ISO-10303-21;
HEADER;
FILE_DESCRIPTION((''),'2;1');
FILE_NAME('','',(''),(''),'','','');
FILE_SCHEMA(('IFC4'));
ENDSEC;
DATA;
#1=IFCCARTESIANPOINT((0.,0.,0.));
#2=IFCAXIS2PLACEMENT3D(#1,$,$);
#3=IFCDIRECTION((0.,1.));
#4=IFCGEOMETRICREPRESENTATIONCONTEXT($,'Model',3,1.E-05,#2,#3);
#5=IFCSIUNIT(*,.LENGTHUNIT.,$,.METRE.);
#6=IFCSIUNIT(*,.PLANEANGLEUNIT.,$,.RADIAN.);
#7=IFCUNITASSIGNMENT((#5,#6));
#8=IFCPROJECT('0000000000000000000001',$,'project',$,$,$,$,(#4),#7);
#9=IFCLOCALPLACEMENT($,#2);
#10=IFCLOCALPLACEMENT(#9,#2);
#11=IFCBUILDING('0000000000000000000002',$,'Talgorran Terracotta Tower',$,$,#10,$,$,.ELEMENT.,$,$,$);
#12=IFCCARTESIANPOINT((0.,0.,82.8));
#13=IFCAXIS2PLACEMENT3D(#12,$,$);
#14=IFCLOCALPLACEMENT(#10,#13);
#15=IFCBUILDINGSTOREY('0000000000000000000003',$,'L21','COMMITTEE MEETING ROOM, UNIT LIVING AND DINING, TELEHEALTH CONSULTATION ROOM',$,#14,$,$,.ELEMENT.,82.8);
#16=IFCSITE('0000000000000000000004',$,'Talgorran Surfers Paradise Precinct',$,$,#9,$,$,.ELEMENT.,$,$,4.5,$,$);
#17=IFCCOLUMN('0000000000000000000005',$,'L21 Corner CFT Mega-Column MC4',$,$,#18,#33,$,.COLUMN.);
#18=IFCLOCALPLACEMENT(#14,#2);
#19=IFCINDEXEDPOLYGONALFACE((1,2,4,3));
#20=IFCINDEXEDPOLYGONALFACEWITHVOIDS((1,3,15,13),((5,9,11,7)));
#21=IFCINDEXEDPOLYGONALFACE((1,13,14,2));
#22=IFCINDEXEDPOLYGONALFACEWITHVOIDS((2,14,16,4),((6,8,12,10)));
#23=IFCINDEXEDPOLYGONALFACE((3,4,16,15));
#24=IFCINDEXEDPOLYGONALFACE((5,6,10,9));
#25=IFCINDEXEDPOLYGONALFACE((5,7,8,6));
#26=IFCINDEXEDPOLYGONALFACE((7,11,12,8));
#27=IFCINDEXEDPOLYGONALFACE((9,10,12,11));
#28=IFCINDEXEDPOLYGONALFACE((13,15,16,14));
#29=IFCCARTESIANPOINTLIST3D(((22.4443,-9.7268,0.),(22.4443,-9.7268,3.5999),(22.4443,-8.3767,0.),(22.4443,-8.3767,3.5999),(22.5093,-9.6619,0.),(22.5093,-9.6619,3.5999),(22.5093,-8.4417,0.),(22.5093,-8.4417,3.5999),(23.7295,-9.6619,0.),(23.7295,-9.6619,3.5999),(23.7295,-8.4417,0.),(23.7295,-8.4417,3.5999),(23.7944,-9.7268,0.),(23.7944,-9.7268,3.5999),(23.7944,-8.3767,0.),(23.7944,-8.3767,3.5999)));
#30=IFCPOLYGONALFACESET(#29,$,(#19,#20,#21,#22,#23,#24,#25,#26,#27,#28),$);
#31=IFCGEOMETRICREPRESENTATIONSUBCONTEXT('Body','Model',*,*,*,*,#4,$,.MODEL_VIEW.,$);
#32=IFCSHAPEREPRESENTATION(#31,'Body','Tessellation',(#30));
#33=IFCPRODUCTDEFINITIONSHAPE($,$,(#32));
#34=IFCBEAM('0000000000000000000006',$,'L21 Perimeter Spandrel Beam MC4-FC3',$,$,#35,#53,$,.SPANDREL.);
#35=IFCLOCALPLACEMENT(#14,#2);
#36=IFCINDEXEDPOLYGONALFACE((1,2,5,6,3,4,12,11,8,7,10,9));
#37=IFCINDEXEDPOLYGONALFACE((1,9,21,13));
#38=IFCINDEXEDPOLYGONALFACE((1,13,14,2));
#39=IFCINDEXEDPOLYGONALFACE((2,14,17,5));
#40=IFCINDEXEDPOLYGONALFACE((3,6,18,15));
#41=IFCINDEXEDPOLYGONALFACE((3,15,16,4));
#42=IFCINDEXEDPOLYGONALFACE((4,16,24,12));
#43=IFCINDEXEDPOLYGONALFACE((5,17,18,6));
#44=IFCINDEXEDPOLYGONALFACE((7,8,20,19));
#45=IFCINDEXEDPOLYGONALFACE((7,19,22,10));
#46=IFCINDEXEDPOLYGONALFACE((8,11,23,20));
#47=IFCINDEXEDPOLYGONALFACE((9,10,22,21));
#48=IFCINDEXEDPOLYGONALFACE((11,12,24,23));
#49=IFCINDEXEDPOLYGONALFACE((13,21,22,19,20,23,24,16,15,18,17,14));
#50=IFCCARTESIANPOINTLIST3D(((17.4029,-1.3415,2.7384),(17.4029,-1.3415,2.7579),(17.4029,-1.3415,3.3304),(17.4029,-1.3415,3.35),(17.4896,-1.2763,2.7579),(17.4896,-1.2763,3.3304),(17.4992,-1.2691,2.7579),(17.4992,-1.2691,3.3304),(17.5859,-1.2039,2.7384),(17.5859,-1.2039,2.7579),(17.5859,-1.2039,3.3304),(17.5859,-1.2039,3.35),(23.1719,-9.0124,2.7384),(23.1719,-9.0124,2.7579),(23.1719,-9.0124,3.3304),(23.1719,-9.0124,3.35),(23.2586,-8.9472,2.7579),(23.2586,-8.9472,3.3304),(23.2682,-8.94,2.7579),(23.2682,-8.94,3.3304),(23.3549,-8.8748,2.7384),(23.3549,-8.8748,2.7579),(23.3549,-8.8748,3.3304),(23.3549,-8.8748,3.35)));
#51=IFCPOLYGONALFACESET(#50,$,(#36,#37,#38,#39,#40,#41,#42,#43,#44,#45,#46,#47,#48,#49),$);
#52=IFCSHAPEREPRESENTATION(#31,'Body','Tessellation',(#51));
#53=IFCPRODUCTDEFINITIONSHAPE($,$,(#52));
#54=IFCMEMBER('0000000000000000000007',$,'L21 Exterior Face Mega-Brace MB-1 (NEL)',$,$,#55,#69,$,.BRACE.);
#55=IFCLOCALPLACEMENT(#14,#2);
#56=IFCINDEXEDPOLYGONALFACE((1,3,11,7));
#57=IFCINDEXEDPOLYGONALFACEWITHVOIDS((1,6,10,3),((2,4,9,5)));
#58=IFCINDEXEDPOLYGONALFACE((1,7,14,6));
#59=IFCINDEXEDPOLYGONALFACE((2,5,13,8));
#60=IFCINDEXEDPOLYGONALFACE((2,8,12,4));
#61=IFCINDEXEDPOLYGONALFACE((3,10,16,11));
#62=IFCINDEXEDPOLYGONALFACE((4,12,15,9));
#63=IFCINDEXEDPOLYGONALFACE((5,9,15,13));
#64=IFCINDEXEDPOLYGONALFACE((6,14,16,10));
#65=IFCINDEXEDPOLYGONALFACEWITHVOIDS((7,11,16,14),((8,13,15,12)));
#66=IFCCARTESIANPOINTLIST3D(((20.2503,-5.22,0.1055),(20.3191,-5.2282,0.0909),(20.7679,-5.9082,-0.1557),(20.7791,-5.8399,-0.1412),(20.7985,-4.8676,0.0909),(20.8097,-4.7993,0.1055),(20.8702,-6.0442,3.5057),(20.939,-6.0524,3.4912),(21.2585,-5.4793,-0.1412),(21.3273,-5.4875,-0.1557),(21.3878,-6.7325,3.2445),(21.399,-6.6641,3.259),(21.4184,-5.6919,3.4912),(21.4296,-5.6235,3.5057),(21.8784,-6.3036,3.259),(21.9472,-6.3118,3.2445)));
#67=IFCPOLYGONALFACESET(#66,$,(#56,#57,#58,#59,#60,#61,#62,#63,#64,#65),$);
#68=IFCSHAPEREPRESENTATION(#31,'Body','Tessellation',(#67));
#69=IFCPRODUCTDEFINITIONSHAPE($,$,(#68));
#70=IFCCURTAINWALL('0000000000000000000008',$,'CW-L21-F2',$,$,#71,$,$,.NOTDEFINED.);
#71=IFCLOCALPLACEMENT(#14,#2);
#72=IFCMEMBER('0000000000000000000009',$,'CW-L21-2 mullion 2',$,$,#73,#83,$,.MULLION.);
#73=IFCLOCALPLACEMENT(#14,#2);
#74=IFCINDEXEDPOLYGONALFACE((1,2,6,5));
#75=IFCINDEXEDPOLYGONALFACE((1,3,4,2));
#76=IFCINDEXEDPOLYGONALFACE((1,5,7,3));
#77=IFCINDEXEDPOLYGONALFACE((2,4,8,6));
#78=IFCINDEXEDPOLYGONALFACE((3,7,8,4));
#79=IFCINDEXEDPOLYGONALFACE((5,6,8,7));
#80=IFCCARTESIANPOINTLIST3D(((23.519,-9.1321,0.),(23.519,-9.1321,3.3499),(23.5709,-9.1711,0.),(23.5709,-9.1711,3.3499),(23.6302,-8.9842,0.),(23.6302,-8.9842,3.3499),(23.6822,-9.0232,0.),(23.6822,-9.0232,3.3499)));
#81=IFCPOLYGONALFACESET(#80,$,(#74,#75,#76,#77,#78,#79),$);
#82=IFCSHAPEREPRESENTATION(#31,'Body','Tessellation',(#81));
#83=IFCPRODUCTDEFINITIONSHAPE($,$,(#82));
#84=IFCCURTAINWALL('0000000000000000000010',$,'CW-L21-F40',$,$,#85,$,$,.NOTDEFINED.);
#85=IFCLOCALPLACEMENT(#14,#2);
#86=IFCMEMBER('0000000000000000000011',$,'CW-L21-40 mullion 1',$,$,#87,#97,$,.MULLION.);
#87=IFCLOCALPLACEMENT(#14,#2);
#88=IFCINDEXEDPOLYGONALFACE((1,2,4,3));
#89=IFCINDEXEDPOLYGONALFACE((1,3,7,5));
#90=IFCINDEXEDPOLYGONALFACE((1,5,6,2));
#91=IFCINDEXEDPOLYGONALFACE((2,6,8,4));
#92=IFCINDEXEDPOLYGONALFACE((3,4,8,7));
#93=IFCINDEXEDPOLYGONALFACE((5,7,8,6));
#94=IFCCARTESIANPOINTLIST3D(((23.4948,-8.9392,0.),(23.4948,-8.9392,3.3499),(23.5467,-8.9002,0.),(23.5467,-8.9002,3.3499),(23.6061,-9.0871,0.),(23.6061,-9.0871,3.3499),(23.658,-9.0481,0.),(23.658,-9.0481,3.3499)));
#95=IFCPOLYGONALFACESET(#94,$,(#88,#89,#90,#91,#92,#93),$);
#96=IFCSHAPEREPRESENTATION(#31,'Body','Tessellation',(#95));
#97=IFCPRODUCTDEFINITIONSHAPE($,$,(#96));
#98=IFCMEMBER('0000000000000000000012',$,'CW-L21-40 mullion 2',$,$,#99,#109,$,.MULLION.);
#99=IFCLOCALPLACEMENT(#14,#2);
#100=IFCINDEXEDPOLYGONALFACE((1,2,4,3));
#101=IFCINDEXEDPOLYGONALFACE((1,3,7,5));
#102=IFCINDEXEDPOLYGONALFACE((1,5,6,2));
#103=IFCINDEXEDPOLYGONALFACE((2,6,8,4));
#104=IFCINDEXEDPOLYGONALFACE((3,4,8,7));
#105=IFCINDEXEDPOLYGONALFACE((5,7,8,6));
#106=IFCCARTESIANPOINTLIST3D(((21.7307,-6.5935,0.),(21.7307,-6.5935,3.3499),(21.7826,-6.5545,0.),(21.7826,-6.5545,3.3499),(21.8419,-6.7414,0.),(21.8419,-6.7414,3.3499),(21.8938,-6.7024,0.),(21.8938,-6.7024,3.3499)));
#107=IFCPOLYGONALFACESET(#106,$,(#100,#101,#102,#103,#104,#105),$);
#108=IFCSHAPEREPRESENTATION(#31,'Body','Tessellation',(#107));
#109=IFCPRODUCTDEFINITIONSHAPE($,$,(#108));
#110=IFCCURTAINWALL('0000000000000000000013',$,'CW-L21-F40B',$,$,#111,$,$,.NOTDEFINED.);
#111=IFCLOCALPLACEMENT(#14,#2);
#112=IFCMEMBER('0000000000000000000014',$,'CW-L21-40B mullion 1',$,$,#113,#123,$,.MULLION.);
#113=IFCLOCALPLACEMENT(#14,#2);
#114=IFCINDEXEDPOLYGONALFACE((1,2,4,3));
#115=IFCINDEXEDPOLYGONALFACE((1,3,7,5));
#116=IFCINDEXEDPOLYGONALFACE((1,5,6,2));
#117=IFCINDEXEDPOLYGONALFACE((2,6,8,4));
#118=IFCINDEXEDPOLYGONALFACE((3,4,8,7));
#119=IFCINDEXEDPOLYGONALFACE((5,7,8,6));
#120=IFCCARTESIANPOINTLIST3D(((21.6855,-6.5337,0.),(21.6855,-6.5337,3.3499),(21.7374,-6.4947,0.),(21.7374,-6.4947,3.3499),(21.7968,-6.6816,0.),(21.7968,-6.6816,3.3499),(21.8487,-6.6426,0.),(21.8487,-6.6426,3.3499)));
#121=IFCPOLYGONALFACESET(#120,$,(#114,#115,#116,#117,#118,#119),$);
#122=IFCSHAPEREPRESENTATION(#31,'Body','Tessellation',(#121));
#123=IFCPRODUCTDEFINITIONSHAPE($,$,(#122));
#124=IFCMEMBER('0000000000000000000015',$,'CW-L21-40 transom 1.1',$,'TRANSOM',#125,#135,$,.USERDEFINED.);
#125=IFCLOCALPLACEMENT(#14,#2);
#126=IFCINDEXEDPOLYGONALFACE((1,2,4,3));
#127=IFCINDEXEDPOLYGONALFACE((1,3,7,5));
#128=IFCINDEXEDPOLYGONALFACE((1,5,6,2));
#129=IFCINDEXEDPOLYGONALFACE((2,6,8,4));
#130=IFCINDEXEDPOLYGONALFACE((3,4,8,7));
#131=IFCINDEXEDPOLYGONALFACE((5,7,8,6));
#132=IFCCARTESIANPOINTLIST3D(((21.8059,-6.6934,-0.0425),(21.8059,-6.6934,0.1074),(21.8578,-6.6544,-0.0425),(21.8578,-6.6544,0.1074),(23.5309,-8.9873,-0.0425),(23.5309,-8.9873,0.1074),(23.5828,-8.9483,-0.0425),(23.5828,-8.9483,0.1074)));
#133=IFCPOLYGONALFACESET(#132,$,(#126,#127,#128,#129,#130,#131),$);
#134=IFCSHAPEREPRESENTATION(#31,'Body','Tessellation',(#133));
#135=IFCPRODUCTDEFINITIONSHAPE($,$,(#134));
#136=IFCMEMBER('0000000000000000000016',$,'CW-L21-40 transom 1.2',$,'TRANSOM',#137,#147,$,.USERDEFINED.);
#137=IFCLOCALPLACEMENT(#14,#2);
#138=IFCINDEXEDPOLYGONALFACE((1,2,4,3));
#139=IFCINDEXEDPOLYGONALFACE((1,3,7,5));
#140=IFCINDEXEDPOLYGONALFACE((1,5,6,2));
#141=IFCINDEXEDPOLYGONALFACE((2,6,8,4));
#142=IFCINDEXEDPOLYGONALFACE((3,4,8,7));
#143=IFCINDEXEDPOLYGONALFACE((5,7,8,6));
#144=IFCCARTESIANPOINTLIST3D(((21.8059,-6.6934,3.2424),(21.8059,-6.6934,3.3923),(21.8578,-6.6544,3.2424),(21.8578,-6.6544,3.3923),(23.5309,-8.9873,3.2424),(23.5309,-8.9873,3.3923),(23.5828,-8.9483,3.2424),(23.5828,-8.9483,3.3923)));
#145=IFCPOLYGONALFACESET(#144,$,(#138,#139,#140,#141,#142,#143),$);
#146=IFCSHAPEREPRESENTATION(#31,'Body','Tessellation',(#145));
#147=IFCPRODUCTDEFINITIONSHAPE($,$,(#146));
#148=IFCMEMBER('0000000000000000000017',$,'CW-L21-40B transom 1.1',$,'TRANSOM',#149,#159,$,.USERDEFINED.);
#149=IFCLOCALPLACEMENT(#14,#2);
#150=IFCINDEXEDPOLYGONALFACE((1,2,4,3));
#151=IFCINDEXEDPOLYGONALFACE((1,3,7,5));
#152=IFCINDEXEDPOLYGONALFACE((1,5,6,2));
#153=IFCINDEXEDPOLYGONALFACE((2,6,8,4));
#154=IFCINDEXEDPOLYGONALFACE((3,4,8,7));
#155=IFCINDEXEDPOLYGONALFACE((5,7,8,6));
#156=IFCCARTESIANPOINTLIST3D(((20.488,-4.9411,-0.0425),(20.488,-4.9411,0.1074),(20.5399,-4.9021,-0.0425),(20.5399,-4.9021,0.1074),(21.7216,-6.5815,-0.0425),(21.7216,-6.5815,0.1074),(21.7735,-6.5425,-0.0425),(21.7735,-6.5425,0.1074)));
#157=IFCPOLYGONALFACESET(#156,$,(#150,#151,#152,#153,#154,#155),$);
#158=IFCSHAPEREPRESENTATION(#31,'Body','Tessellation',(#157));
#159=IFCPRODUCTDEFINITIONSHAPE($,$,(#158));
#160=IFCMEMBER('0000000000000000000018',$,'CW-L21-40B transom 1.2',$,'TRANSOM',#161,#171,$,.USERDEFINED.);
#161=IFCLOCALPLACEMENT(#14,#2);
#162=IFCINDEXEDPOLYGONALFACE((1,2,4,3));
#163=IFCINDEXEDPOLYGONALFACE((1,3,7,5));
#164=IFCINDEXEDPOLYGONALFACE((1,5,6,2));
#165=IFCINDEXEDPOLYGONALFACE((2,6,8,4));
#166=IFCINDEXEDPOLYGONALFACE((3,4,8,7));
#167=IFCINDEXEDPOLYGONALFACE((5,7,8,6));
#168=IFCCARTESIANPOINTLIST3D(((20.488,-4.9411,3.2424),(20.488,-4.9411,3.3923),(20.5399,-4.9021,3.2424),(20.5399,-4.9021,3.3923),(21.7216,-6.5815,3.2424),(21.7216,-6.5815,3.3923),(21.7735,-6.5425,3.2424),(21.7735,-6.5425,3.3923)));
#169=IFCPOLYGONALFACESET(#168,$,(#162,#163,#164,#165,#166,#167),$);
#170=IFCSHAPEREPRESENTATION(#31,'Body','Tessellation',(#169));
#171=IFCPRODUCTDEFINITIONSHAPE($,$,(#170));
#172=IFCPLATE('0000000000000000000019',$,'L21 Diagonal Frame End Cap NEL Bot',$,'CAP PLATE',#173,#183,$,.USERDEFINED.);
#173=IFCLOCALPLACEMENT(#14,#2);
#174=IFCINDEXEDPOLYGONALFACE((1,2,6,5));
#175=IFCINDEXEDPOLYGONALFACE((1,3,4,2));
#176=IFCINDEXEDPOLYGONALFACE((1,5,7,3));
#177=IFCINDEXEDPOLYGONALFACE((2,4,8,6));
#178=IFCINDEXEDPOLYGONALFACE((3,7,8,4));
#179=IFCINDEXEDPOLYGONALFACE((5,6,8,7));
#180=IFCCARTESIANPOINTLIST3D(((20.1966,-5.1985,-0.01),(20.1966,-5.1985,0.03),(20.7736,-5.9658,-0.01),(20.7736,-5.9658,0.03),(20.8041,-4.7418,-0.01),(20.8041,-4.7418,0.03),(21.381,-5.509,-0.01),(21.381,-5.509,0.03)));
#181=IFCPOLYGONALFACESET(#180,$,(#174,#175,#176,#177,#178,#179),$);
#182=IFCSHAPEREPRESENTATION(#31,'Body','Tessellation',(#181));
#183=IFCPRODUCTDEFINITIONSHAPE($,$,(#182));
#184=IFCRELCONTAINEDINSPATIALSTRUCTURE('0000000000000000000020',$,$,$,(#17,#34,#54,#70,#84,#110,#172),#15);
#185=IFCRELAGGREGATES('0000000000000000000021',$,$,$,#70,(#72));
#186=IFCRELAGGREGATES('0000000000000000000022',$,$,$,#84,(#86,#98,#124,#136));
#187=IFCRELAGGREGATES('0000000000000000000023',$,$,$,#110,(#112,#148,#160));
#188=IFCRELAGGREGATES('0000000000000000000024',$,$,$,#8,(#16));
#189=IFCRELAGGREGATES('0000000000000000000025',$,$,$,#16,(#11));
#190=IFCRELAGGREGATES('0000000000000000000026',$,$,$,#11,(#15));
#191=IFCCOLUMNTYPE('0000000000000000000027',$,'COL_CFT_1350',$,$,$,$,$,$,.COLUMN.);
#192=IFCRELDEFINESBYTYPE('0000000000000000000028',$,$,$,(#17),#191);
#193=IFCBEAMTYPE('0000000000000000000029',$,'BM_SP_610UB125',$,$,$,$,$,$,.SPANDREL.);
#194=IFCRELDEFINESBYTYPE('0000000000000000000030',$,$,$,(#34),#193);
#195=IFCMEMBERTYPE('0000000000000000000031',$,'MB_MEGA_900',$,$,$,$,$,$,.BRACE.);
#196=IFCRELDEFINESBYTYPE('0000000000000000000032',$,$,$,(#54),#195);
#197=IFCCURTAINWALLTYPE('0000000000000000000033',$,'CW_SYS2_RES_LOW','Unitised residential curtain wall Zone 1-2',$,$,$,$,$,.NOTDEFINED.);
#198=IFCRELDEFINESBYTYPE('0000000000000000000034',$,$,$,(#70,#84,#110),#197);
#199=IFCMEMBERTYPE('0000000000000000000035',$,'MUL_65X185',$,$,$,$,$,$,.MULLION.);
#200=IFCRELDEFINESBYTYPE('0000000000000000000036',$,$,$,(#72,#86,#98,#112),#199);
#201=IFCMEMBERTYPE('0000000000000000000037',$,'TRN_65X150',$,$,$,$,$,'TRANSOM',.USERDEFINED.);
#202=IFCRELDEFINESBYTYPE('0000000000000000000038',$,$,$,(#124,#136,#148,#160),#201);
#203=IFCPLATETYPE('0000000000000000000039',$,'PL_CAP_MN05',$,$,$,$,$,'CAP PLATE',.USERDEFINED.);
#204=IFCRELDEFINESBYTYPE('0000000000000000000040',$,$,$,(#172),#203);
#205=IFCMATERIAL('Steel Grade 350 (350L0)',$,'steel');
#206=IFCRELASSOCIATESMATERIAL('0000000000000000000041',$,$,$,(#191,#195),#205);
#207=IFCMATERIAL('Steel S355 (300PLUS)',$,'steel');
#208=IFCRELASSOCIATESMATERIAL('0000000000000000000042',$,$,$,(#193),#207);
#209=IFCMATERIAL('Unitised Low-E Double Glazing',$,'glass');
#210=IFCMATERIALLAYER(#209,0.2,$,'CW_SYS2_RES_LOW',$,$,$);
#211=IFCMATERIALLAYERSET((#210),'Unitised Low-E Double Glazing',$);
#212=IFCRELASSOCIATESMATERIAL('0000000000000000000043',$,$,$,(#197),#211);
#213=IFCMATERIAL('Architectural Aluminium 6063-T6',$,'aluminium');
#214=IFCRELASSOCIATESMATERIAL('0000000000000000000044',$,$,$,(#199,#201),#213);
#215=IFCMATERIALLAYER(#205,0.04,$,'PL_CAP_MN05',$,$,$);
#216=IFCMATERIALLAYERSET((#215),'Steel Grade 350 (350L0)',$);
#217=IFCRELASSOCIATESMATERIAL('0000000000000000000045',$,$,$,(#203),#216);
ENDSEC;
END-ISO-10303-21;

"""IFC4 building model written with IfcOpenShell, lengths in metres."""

from ifc_helpers import new_model, si_unit, direction, frame, origin, origin_2d, place, context, subcontext, project, spatial, rectangle, hollow_rectangle, i_section, extrude, material, layer, layer_set, material_profile, profile_set, type_object, element, aggregate, save


model = new_model("IFC4")

# Units and contexts
model_context = context("Model", 3, precision=1e-05, world=origin(), true_north=direction((0.0, 1.0)))
body_context = subcontext(model_context, "Body", "Model", "MODEL_VIEW")
ifc_project = project(units=[si_unit("LENGTHUNIT", "METRE"), si_unit("PLANEANGLEUNIT", "RADIAN")], contexts=[model_context])

# Site, building, storey
site_placement = place(None, origin())
site = spatial("IfcSite", under=ifc_project, at=site_placement, Name="Talgorran Surfers Paradise Precinct", CompositionType="ELEMENT", RefElevation=4.5)
building_placement = place(site_placement, origin())
building = spatial("IfcBuilding", under=site, at=building_placement, Name="Talgorran Terracotta Tower", CompositionType="ELEMENT")
storey_placement = place(building_placement, frame((0.0, 0.0, 82.8)))
storey = spatial("IfcBuildingStorey", under=building, at=storey_placement, Name="L21", Description="COMMITTEE MEETING ROOM, UNIT LIVING AND DINING, TELEHEALTH CONSULTATION ROOM", CompositionType="ELEMENT", Elevation=82.8)

# Column
ifc_material_1 = material(Name="Steel Grade 350 (350L0)", Category="steel")
ifc_material_profile_1 = material_profile(ifc_material_1, hollow_rectangle(XDim=1.3501, YDim=1.3501, WallThickness=0.0649, at=origin_2d()), Name="CFT1350X1350X65")
ifc_profile_set_1 = profile_set([ifc_material_profile_1], Name="Steel Grade 350 (350L0)")
column_type = type_object("IfcColumnType", Name="COL_CFT_1350", PredefinedType="COLUMN", material=ifc_profile_set_1)
column_placement = place(storey_placement, frame((23.1194, -9.0518, 0.0), z_axis=(0.0, 0.0, 1.0), x_axis=(1.0, 0.0, 0.0)))
element("IfcColumn", 1, at=column_placement, inside=storey, type_object=column_type, Name="L21 Corner CFT Mega-Column MC4", PredefinedType="COLUMN", context=body_context, shape_type="SweptSolid", body=[
    extrude(hollow_rectangle(XDim=1.3501, YDim=1.3501, WallThickness=0.0649, at=origin_2d()), origin(), (0.0, 0.0, 1.0), 3.5999),
])

# Beam
ifc_material_2 = material(Name="Steel S355 (300PLUS)", Category="steel")
ifc_material_profile_2 = material_profile(ifc_material_2, i_section(OverallWidth=0.229, OverallDepth=0.6116, WebThickness=0.012, FlangeThickness=0.0195, at=origin_2d()), Name="610UB125")
ifc_profile_set_2 = profile_set([ifc_material_profile_2], Name="Steel S355 (300PLUS)")
beam_type = type_object("IfcBeamType", Name="BM_SP_610UB125", PredefinedType="SPANDREL", material=ifc_profile_set_2)
beam_placement = place(storey_placement, frame((23.2634, -8.9436, 3.0442), z_axis=(-0.601058, 0.799206, 0.0), x_axis=(-0.799206, -0.601058, 0.0)))
element("IfcBeam", 2, at=beam_placement, inside=storey, type_object=beam_type, Name="L21 Perimeter Spandrel Beam MC4-FC3", PredefinedType="SPANDREL", context=body_context, shape_type="SweptSolid", body=[
    extrude(i_section(OverallWidth=0.229, OverallDepth=0.6116, WebThickness=0.012, FlangeThickness=0.0195, at=origin_2d()), origin(), (0.0, 0.0, 1.0), 9.5981),
])

# Member
ifc_material_profile_3 = material_profile(ifc_material_1, hollow_rectangle(XDim=0.7, YDim=0.8999, WallThickness=0.05, at=origin_2d()), Name="WBOX900X700X50")
ifc_profile_set_3 = profile_set([ifc_material_profile_3], Name="Steel Grade 350 (350L0)")
member_type_1 = type_object("IfcMemberType", Name="MB_MEGA_900", PredefinedType="BRACE", material=ifc_profile_set_3)
member_1_placement = place(storey_placement, frame((20.7888, -5.3538, -0.0251), z_axis=(0.174459, -0.231971, 0.95695), x_axis=(0.799204, 0.60106, 0.0)))
element("IfcMember", 3, at=member_1_placement, inside=storey, type_object=member_type_1, Name="L21 Exterior Face Mega-Brace MB-1 (NEL)", PredefinedType="BRACE", context=body_context, shape_type="SweptSolid", body=[
    extrude(hollow_rectangle(XDim=0.7, YDim=0.8999, WallThickness=0.05, at=origin_2d()), origin(), (0.0, 0.0, 1.0), 3.5532),
])

# Curtain wall, member
ifc_material_3 = material(Name="Unitised Low-E Double Glazing", Category="glass")
ifc_layer_1 = layer(ifc_material_3, 0.2, Name="CW_SYS2_RES_LOW")
ifc_layer_set_1 = layer_set([ifc_layer_1], Name="Unitised Low-E Double Glazing")
curtain_wall_type = type_object("IfcCurtainWallType", Name="CW_SYS2_RES_LOW", Description="Unitised residential curtain wall Zone 1-2", PredefinedType="NOTDEFINED", material=ifc_layer_set_1)
curtain_wall_1_placement = place(storey_placement, origin())
curtain_wall_1 = element("IfcCurtainWall", 4, at=curtain_wall_1_placement, inside=storey, type_object=curtain_wall_type, Name="CW-L21-F2", PredefinedType="NOTDEFINED")
ifc_material_4 = material(Name="Architectural Aluminium 6063-T6", Category="aluminium")
ifc_material_profile_4 = material_profile(ifc_material_4, rectangle(XDim=0.0649, YDim=0.1851, at=origin_2d()), Name="CWM65X185")
ifc_profile_set_4 = profile_set([ifc_material_profile_4], Name="Architectural Aluminium 6063-T6")
member_type_2 = type_object("IfcMemberType", Name="MUL_65X185", PredefinedType="MULLION", material=ifc_profile_set_4)
member_2_placement = place(storey_placement, frame((23.6006, -9.0776, 0.0), z_axis=(0.0, 0.0, 1.0), x_axis=(-0.79921, 0.601052, 0.0)))
member_2 = element("IfcMember", 5, at=member_2_placement, type_object=member_type_2, Name="CW-L21-2 mullion 2", PredefinedType="MULLION", context=body_context, shape_type="SweptSolid", body=[
    extrude(rectangle(XDim=0.0649, YDim=0.1851, at=origin_2d()), origin(), (0.0, 0.0, 1.0), 3.3499),
])
aggregate(curtain_wall_1, [member_2])

# Curtain wall, members
curtain_wall_2_placement = place(storey_placement, origin())
curtain_wall_2 = element("IfcCurtainWall", 6, at=curtain_wall_2_placement, inside=storey, type_object=curtain_wall_type, Name="CW-L21-F40", PredefinedType="NOTDEFINED")
member_3_placement = place(storey_placement, frame((23.5764, -8.9937, 0.0), z_axis=(0.0, 0.0, 1.0), x_axis=(-0.799195, -0.601071, 0.0)))
member_3 = element("IfcMember", 7, at=member_3_placement, type_object=member_type_2, Name="CW-L21-40 mullion 1", PredefinedType="MULLION", context=body_context, shape_type="SweptSolid", body=[
    extrude(rectangle(XDim=0.0649, YDim=0.1851, at=origin_2d()), origin(), (0.0, 0.0, 1.0), 3.3499),
])
member_4_placement = place(storey_placement, frame((21.8123, -6.6479, 0.0), z_axis=(0.0, 0.0, 1.0), x_axis=(-0.799195, -0.601071, 0.0)))
member_4 = element("IfcMember", 8, at=member_4_placement, type_object=member_type_2, Name="CW-L21-40 mullion 2", PredefinedType="MULLION", context=body_context, shape_type="SweptSolid", body=[
    extrude(rectangle(XDim=0.0649, YDim=0.1851, at=origin_2d()), origin(), (0.0, 0.0, 1.0), 3.3499),
])

# Curtain wall, member
curtain_wall_3_placement = place(storey_placement, origin())
curtain_wall_3 = element("IfcCurtainWall", 9, at=curtain_wall_3_placement, inside=storey, type_object=curtain_wall_type, Name="CW-L21-F40B", PredefinedType="NOTDEFINED")
member_5_placement = place(storey_placement, frame((21.7671, -6.5881, 0.0), z_axis=(0.0, 0.0, 1.0), x_axis=(-0.799213, -0.601048, 0.0)))
member_5 = element("IfcMember", 10, at=member_5_placement, type_object=member_type_2, Name="CW-L21-40B mullion 1", PredefinedType="MULLION", context=body_context, shape_type="SweptSolid", body=[
    extrude(rectangle(XDim=0.0649, YDim=0.1851, at=origin_2d()), origin(), (0.0, 0.0, 1.0), 3.3499),
])

# Members
ifc_material_profile_5 = material_profile(ifc_material_4, rectangle(XDim=0.0649, YDim=0.1499, at=origin_2d()), Name="CWT65X150")
ifc_profile_set_5 = profile_set([ifc_material_profile_5], Name="Architectural Aluminium 6063-T6")
member_type_3 = type_object("IfcMemberType", Name="TRN_65X150", ElementType="TRANSOM", PredefinedType="USERDEFINED", material=ifc_profile_set_5)
member_6_placement = place(storey_placement, frame((23.5569, -8.9678, 0.0325), z_axis=(-0.601034, 0.799224, 0.0), x_axis=(-0.799224, -0.601034, 0.0)))
member_6 = element("IfcMember", 11, at=member_6_placement, type_object=member_type_3, Name="CW-L21-40 transom 1.1", ObjectType="TRANSOM", PredefinedType="USERDEFINED", context=body_context, shape_type="SweptSolid", body=[
    extrude(rectangle(XDim=0.0649, YDim=0.1499, at=origin_2d()), origin(), (0.0, 0.0, 1.0), 2.8701),
])
member_7_placement = place(storey_placement, frame((23.5569, -8.9678, 3.3174), z_axis=(-0.601034, 0.799224, 0.0), x_axis=(-0.799224, -0.601034, 0.0)))
member_7 = element("IfcMember", 12, at=member_7_placement, type_object=member_type_3, Name="CW-L21-40 transom 1.2", ObjectType="TRANSOM", PredefinedType="USERDEFINED", context=body_context, shape_type="SweptSolid", body=[
    extrude(rectangle(XDim=0.0649, YDim=0.1499, at=origin_2d()), origin(), (0.0, 0.0, 1.0), 2.8701),
])
member_8_placement = place(storey_placement, frame((21.7476, -6.562, 0.0325), z_axis=(-0.601046, 0.799214, 0.0), x_axis=(-0.799214, -0.601046, 0.0)))
member_8 = element("IfcMember", 13, at=member_8_placement, type_object=member_type_3, Name="CW-L21-40B transom 1.1", ObjectType="TRANSOM", PredefinedType="USERDEFINED", context=body_context, shape_type="SweptSolid", body=[
    extrude(rectangle(XDim=0.0649, YDim=0.1499, at=origin_2d()), origin(), (0.0, 0.0, 1.0), 2.0525),
])
member_9_placement = place(storey_placement, frame((21.7476, -6.562, 3.3174), z_axis=(-0.601046, 0.799214, 0.0), x_axis=(-0.799214, -0.601046, 0.0)))
member_9 = element("IfcMember", 14, at=member_9_placement, type_object=member_type_3, Name="CW-L21-40B transom 1.2", ObjectType="TRANSOM", PredefinedType="USERDEFINED", context=body_context, shape_type="SweptSolid", body=[
    extrude(rectangle(XDim=0.0649, YDim=0.1499, at=origin_2d()), origin(), (0.0, 0.0, 1.0), 2.0525),
])

# Plate
ifc_layer_2 = layer(ifc_material_1, 0.04, Name="PL_CAP_MN05")
ifc_layer_set_2 = layer_set([ifc_layer_2], Name="Steel Grade 350 (350L0)")
plate_type_1 = type_object("IfcPlateType", Name="PL_CAP_MN05", ElementType="CAP PLATE", PredefinedType="USERDEFINED", material=ifc_layer_set_2)
for number, where, z_axis, x_axis, name in (
    (15, (20.7888, -5.3538, -0.01), (0.0, 0.0, 1.0), (0.600978, -0.799265, 0.0), "L21 Diagonal Frame End Cap NEL Bot"),
):
    element("IfcPlate", number, at=place(storey_placement, frame(where, z_axis=z_axis, x_axis=x_axis)), inside=storey, type_object=plate_type_1, Name=name, ObjectType="CAP PLATE", PredefinedType="USERDEFINED", context=body_context, shape_type="SweptSolid", body=[
        extrude(rectangle(XDim=0.96, YDim=0.76, at=origin_2d()), origin(), (0.0, 0.0, 1.0), 0.04),
    ])

aggregate(curtain_wall_2, [member_3, member_4, member_6, member_7])
aggregate(curtain_wall_3, [member_5, member_8, member_9])

save(model, "model.ifc")
